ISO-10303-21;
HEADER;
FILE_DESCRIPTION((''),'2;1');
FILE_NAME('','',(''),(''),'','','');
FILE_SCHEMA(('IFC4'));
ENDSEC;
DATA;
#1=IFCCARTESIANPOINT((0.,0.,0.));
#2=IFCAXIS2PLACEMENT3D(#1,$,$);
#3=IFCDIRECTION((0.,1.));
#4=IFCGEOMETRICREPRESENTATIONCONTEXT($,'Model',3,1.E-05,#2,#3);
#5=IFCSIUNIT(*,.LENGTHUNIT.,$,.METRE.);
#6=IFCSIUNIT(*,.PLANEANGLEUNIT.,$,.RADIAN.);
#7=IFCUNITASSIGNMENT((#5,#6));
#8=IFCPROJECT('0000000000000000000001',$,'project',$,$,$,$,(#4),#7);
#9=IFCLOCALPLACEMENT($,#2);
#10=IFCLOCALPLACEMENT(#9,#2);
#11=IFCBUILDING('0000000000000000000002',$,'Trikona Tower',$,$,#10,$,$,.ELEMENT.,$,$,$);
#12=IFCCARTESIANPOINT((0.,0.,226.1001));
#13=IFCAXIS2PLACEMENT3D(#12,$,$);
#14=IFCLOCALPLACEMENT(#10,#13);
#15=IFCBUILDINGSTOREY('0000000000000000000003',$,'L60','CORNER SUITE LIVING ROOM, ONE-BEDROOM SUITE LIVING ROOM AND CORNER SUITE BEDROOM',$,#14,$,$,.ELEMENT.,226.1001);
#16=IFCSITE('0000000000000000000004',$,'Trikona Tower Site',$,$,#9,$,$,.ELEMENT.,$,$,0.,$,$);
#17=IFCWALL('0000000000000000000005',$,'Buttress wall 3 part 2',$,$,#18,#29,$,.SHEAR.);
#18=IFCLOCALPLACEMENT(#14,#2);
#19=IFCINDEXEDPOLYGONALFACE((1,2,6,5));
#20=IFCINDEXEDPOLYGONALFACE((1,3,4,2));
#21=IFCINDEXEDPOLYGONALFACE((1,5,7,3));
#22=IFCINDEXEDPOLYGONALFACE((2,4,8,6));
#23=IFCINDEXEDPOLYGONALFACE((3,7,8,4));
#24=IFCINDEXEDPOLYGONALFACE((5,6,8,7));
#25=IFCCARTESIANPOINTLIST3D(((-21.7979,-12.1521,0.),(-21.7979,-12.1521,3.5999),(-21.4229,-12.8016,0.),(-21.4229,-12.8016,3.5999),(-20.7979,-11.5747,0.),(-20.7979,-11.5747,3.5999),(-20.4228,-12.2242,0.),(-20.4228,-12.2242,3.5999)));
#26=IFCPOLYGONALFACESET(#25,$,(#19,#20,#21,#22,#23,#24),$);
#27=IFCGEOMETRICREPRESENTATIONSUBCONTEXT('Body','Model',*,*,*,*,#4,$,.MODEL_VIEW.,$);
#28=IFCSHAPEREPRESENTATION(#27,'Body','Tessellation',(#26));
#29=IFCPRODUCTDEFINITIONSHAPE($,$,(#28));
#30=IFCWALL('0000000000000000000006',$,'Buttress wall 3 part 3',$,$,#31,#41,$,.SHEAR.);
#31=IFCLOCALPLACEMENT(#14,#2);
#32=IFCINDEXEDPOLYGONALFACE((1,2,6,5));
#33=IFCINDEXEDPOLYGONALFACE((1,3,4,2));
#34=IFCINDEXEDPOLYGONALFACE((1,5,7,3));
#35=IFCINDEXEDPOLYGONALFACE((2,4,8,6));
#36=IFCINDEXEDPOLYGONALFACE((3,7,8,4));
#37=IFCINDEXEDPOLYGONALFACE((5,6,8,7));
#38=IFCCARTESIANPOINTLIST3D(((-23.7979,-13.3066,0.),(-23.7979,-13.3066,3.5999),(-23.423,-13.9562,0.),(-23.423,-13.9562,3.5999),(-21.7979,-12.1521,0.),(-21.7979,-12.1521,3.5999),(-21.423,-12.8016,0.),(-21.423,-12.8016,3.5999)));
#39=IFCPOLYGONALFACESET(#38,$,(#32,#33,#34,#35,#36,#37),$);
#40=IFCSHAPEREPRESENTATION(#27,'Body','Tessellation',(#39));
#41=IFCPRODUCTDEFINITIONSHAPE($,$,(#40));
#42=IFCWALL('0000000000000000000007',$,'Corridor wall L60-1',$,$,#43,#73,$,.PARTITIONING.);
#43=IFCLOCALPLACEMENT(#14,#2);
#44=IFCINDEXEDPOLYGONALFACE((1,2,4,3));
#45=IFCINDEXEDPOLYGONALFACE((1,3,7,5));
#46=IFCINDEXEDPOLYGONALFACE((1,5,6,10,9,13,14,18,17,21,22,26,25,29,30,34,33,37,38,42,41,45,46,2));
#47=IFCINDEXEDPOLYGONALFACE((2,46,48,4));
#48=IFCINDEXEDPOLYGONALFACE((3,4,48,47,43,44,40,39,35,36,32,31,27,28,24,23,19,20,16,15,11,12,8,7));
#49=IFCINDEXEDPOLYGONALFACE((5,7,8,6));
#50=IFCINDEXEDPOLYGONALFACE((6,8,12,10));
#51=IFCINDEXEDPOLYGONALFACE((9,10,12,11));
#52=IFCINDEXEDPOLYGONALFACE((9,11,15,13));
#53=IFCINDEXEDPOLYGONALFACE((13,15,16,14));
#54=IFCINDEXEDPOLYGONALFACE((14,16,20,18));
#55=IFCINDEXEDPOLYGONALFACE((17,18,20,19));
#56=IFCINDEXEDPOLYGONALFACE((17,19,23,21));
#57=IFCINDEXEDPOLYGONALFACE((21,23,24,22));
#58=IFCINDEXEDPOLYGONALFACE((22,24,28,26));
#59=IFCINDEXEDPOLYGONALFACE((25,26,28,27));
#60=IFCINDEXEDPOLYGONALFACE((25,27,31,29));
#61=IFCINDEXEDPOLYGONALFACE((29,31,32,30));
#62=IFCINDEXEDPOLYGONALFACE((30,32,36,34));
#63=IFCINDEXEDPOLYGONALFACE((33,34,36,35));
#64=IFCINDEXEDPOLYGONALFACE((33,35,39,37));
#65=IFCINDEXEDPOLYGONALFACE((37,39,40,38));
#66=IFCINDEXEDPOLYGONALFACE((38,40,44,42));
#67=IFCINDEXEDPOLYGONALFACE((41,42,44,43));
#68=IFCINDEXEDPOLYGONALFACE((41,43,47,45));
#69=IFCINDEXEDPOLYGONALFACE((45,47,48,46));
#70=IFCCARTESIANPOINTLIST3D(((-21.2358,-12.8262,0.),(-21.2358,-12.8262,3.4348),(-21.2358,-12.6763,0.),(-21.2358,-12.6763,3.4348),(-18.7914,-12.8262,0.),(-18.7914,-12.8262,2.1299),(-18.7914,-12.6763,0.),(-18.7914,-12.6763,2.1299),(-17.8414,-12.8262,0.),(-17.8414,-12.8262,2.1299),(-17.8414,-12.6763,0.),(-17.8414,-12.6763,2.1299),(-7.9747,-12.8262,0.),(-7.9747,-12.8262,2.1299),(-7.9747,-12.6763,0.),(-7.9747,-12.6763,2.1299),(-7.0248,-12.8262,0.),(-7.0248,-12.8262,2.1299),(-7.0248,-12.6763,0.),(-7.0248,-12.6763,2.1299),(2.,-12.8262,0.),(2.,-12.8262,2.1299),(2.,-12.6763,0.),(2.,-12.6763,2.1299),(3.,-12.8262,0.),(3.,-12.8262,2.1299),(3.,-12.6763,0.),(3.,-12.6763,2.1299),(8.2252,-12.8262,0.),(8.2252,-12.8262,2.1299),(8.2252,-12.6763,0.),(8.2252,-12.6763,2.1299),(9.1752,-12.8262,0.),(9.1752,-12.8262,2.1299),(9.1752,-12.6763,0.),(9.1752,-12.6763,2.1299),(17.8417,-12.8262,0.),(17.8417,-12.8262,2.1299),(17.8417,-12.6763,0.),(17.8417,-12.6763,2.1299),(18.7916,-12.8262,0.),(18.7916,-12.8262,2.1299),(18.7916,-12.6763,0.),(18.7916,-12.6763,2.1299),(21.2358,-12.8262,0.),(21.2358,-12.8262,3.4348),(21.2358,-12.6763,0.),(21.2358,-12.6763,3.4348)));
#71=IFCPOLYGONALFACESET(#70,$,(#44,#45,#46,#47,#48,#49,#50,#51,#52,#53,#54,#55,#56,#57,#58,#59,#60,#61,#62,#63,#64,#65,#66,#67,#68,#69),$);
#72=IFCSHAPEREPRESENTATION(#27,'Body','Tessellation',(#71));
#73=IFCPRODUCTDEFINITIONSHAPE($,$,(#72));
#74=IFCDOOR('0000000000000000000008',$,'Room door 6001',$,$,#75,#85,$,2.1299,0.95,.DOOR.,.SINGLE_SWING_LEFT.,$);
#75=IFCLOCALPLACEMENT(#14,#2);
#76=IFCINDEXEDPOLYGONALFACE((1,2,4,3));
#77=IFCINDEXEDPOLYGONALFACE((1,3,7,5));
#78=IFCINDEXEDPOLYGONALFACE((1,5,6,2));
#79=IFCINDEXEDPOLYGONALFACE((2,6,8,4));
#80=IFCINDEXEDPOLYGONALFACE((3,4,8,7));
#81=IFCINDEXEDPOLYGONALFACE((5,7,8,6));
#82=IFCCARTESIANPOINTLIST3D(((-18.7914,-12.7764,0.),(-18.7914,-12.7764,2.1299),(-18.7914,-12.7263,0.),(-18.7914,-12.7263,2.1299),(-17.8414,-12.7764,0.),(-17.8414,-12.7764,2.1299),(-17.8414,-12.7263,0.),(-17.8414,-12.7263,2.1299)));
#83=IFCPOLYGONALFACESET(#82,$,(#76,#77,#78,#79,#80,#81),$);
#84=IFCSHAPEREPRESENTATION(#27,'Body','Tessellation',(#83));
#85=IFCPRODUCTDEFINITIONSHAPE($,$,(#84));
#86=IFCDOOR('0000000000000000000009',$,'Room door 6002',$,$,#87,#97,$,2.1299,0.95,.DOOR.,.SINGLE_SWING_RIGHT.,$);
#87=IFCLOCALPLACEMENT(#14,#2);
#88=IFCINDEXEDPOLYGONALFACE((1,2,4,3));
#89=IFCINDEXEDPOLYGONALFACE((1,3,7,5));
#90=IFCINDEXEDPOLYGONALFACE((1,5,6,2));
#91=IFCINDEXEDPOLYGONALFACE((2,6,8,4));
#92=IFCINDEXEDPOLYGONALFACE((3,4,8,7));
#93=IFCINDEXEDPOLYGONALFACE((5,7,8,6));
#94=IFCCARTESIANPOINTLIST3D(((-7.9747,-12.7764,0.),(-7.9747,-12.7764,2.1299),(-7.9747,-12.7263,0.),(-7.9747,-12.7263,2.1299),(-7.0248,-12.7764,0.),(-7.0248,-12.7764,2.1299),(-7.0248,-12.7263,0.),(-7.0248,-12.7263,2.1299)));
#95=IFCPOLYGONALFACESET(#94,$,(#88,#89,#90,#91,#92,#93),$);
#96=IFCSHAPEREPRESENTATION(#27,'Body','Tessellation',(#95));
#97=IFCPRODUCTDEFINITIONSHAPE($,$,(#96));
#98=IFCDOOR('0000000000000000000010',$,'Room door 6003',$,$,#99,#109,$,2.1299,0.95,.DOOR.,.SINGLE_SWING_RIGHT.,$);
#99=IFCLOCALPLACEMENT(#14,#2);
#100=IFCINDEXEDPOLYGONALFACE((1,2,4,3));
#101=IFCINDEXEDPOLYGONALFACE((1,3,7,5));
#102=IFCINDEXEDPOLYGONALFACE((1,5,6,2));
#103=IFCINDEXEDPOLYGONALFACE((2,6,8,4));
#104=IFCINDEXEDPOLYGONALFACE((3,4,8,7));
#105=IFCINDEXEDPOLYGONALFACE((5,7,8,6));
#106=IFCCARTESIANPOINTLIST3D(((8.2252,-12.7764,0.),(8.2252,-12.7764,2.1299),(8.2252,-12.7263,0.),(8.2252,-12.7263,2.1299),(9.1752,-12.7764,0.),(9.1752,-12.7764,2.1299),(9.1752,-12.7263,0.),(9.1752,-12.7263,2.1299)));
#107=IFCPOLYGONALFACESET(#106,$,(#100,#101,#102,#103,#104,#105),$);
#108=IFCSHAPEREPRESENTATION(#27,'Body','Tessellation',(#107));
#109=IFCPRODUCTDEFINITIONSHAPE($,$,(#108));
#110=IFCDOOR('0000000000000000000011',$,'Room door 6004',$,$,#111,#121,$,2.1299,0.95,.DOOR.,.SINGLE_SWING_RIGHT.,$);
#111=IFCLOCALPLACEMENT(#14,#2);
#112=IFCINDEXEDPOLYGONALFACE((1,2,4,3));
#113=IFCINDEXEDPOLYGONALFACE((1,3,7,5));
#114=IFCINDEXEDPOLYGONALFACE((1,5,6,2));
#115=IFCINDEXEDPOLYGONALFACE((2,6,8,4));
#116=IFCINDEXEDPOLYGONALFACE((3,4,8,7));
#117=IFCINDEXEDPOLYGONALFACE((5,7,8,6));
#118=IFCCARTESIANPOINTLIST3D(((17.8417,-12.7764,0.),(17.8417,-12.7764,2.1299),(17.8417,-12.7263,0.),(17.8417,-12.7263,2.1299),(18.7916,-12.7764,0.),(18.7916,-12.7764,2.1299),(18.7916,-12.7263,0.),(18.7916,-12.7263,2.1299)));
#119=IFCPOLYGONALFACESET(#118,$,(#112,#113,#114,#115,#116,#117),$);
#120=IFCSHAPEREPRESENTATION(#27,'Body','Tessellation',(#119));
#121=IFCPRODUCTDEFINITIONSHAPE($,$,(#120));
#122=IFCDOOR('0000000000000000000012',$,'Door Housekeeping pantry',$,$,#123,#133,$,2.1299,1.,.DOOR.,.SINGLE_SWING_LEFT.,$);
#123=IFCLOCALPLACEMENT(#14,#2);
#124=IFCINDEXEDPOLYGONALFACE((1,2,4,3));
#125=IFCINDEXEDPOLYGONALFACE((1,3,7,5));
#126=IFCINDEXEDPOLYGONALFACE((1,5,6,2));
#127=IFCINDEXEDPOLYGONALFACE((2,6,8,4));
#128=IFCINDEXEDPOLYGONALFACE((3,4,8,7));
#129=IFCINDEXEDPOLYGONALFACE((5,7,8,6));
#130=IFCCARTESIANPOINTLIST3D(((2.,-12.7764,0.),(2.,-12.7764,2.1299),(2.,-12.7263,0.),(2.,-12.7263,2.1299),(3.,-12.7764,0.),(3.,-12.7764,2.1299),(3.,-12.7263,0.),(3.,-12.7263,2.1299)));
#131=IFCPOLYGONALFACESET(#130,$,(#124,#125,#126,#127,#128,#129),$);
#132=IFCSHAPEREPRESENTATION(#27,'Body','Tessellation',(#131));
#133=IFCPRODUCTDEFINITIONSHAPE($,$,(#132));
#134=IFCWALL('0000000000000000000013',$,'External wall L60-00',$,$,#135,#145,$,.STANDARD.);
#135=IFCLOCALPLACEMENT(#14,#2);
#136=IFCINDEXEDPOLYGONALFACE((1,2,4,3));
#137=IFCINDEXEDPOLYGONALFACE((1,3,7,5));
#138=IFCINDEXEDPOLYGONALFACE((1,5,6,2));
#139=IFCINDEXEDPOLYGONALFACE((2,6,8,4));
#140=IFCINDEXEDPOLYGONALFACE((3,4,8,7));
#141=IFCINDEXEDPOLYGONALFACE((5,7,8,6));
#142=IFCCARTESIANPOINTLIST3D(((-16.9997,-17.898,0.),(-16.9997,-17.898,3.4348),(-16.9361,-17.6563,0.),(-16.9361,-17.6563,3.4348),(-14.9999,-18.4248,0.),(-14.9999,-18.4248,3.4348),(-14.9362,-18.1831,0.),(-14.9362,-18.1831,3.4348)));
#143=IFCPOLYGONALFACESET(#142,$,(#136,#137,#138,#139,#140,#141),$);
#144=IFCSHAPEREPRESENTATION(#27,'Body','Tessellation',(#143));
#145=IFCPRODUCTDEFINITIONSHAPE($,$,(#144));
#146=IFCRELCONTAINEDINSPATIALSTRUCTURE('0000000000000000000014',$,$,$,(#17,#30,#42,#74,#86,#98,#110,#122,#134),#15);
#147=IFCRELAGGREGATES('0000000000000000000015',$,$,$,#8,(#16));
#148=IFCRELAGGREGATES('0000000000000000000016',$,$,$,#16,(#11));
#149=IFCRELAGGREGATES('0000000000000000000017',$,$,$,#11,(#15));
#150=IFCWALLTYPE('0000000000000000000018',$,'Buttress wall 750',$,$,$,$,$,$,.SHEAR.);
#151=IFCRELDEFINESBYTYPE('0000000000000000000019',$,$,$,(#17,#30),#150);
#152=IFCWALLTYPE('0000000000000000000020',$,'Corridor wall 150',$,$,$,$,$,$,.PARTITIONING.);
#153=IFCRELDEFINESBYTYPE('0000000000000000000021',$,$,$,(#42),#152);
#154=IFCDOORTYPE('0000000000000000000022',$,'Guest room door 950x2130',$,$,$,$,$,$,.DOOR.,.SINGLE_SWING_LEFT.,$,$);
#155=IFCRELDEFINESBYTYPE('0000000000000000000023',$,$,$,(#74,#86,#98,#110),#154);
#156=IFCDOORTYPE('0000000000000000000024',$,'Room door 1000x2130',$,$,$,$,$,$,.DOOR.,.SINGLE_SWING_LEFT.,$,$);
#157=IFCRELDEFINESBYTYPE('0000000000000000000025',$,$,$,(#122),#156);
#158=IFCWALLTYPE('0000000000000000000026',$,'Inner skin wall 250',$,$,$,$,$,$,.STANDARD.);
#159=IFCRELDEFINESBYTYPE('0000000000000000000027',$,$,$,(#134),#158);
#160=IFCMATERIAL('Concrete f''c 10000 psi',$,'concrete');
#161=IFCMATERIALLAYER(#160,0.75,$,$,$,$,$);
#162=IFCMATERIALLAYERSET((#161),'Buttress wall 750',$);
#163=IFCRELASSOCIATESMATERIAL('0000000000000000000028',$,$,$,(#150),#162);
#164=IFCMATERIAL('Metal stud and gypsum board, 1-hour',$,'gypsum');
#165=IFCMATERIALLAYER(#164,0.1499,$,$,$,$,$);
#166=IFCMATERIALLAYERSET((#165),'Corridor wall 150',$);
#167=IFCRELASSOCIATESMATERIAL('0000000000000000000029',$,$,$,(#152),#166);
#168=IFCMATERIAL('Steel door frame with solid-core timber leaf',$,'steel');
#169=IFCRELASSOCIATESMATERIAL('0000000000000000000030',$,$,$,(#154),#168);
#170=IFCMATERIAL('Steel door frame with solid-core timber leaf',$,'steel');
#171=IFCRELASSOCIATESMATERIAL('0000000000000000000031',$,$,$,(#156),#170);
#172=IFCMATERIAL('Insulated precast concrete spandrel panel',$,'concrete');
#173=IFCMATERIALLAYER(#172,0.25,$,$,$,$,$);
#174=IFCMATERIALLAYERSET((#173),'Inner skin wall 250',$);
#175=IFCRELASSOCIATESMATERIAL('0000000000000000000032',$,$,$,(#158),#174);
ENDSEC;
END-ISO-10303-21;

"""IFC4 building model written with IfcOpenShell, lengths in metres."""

from ifc_helpers import new_model, si_unit, direction, frame, frame_2d, origin, place, context, subcontext, project, spatial, rectangle, extrude, material, layer, layer_set, type_object, element, fill, save


model = new_model("IFC4")

# Units and contexts
model_context = context("Model", 3, precision=1e-05, world=origin(), true_north=direction((0.0, 1.0)))
body_context = subcontext(model_context, "Body", "Model", "MODEL_VIEW")
ifc_project = project(units=[si_unit("LENGTHUNIT", "METRE"), si_unit("PLANEANGLEUNIT", "RADIAN")], contexts=[model_context])

# Site, building, storey
site_placement = place(None, origin())
site = spatial("IfcSite", under=ifc_project, at=site_placement, Name="Trikona Tower Site", CompositionType="ELEMENT", RefElevation=0.0)
building_placement = place(site_placement, origin())
building = spatial("IfcBuilding", under=site, at=building_placement, Name="Trikona Tower", CompositionType="ELEMENT")
storey_placement = place(building_placement, frame((0.0, 0.0, 226.1001)))
storey = spatial("IfcBuildingStorey", under=building, at=storey_placement, Name="L60", Description="CORNER SUITE LIVING ROOM, ONE-BEDROOM SUITE LIVING ROOM AND CORNER SUITE BEDROOM", CompositionType="ELEMENT", Elevation=226.1001)

# Walls
ifc_material_1 = material(Name="Concrete f'c 10000 psi", Category="concrete")
ifc_layer_1 = layer(ifc_material_1, 0.75)
ifc_layer_set_1 = layer_set([ifc_layer_1], Name="Buttress wall 750")
wall_type_1 = type_object("IfcWallType", Name="Buttress wall 750", PredefinedType="SHEAR", material=ifc_layer_set_1)
wall_1_placement = place(storey_placement, frame((-20.6104, -11.8994, 0.0), z_axis=(0.0, 0.0, 1.0), x_axis=(-0.86601, -0.500027, 0.0)))
element("IfcWall", 1, at=wall_1_placement, inside=storey, type_object=wall_type_1, Name="Buttress wall 3 part 2", PredefinedType="SHEAR", context=body_context, shape_type="SweptSolid", body=[
    extrude(rectangle(XDim=1.1548, YDim=0.75, at=frame_2d((0.5774, 0.0))), origin(), (0.0, 0.0, 1.0), 3.5999),
])
wall_2_placement = place(storey_placement, frame((-21.6104, -12.4768, 0.0), z_axis=(0.0, 0.0, 1.0), x_axis=(-0.866055, -0.499948, 0.0)))
element("IfcWall", 2, at=wall_2_placement, inside=storey, type_object=wall_type_1, Name="Buttress wall 3 part 3", PredefinedType="SHEAR", context=body_context, shape_type="SweptSolid", body=[
    extrude(rectangle(XDim=2.3093, YDim=0.75, at=frame_2d((1.1548, 0.0))), origin(), (0.0, 0.0, 1.0), 3.5999),
])

# Wall, openings, doors
ifc_material_2 = material(Name="Metal stud and gypsum board, 1-hour", Category="gypsum")
ifc_layer_2 = layer(ifc_material_2, 0.1499)
ifc_layer_set_2 = layer_set([ifc_layer_2], Name="Corridor wall 150")
wall_type_2 = type_object("IfcWallType", Name="Corridor wall 150", PredefinedType="PARTITIONING", material=ifc_layer_set_2)
wall_3_placement = place(storey_placement, frame((-21.2358, -12.7512, 0.0), z_axis=(0.0, 0.0, 1.0), x_axis=(1.0, 0.0, 0.0)))
wall_3 = element("IfcWall", 3, at=wall_3_placement, inside=storey, type_object=wall_type_2, Name="Corridor wall L60-1", PredefinedType="PARTITIONING", context=body_context, shape_type="SweptSolid", body=[
    extrude(rectangle(XDim=42.4717, YDim=0.1499, at=frame_2d((21.2358, 0.0))), origin(), (0.0, 0.0, 1.0), 3.4348),
])
opening_1_placement = place(wall_3_placement, frame((2.4443, 0.0, 0.0)))
opening_1 = element("IfcOpeningElement", 4, at=opening_1_placement, cuts=wall_3, PredefinedType="OPENING", context=body_context, shape_type="SweptSolid", body=[
    extrude(rectangle(XDim=0.95, YDim=2.1299, at=frame_2d((0.4751, 1.0649))), frame((0.0, 0.085, 0.0), z_axis=(0.0, -1.0, 0.0), x_axis=(1.0, 0.0, 0.0)), (0.0, 0.0, 1.0), 0.1699),
])
opening_2_placement = place(wall_3_placement, frame((13.261, 0.0, 0.0)))
opening_2 = element("IfcOpeningElement", 5, at=opening_2_placement, cuts=wall_3, PredefinedType="OPENING", context=body_context, shape_type="SweptSolid", body=[
    extrude(rectangle(XDim=0.95, YDim=2.1299, at=frame_2d((0.4751, 1.0649))), frame((0.0, 0.085, 0.0), z_axis=(0.0, -1.0, 0.0), x_axis=(1.0, 0.0, 0.0)), (0.0, 0.0, 1.0), 0.1699),
])
opening_3_placement = place(wall_3_placement, frame((23.2358, 0.0, 0.0)))
opening_3 = element("IfcOpeningElement", 6, at=opening_3_placement, cuts=wall_3, PredefinedType="OPENING", context=body_context, shape_type="SweptSolid", body=[
    extrude(rectangle(XDim=1.0, YDim=2.1299, at=frame_2d((0.5, 1.0649))), frame((0.0, 0.085, 0.0), z_axis=(0.0, -1.0, 0.0), x_axis=(1.0, 0.0, 0.0)), (0.0, 0.0, 1.0), 0.1699),
])
opening_4_placement = place(wall_3_placement, frame((29.4609, 0.0, 0.0)))
opening_4 = element("IfcOpeningElement", 7, at=opening_4_placement, cuts=wall_3, PredefinedType="OPENING", context=body_context, shape_type="SweptSolid", body=[
    extrude(rectangle(XDim=0.95, YDim=2.1299, at=frame_2d((0.4751, 1.0649))), frame((0.0, 0.085, 0.0), z_axis=(0.0, -1.0, 0.0), x_axis=(1.0, 0.0, 0.0)), (0.0, 0.0, 1.0), 0.1699),
])
opening_5_placement = place(wall_3_placement, frame((39.0774, 0.0, 0.0)))
opening_5 = element("IfcOpeningElement", 8, at=opening_5_placement, cuts=wall_3, PredefinedType="OPENING", context=body_context, shape_type="SweptSolid", body=[
    extrude(rectangle(XDim=0.95, YDim=2.1299, at=frame_2d((0.4751, 1.0649))), frame((0.0, 0.085, 0.0), z_axis=(0.0, -1.0, 0.0), x_axis=(1.0, 0.0, 0.0)), (0.0, 0.0, 1.0), 0.1699),
])
ifc_material_3 = material(Name="Steel door frame with solid-core timber leaf", Category="steel")
door_type_1 = type_object("IfcDoorType", Name="Guest room door 950x2130", OperationType="SINGLE_SWING_LEFT", PredefinedType="DOOR", material=ifc_material_3)
door_1_placement = place(opening_1_placement, origin())
door_1 = element("IfcDoor", 9, at=door_1_placement, inside=storey, type_object=door_type_1, Name="Room door 6001", OperationType="SINGLE_SWING_LEFT", OverallHeight=2.1299, OverallWidth=0.95, PredefinedType="DOOR", context=body_context, shape_type="SweptSolid", body=[
    extrude(rectangle(XDim=0.95, YDim=2.1299, at=frame_2d((0.4751, 1.0649))), frame((0.0, 0.0249, 0.0), z_axis=(0.0, -1.0, 0.0), x_axis=(1.0, 0.0, 0.0)), (0.0, 0.0, 1.0), 0.05),
])
fill(opening_1, door_1)
door_2_placement = place(opening_2_placement, origin())
door_2 = element("IfcDoor", 10, at=door_2_placement, inside=storey, type_object=door_type_1, Name="Room door 6002", OperationType="SINGLE_SWING_RIGHT", OverallHeight=2.1299, OverallWidth=0.95, PredefinedType="DOOR", context=body_context, shape_type="SweptSolid", body=[
    extrude(rectangle(XDim=0.95, YDim=2.1299, at=frame_2d((0.4751, 1.0649))), frame((0.0, 0.0249, 0.0), z_axis=(0.0, -1.0, 0.0), x_axis=(1.0, 0.0, 0.0)), (0.0, 0.0, 1.0), 0.05),
])
fill(opening_2, door_2)
door_3_placement = place(opening_4_placement, origin())
door_3 = element("IfcDoor", 11, at=door_3_placement, inside=storey, type_object=door_type_1, Name="Room door 6003", OperationType="SINGLE_SWING_RIGHT", OverallHeight=2.1299, OverallWidth=0.95, PredefinedType="DOOR", context=body_context, shape_type="SweptSolid", body=[
    extrude(rectangle(XDim=0.95, YDim=2.1299, at=frame_2d((0.4751, 1.0649))), frame((0.0, 0.0249, 0.0), z_axis=(0.0, -1.0, 0.0), x_axis=(1.0, 0.0, 0.0)), (0.0, 0.0, 1.0), 0.05),
])
fill(opening_4, door_3)
door_4_placement = place(opening_5_placement, origin())
door_4 = element("IfcDoor", 12, at=door_4_placement, inside=storey, type_object=door_type_1, Name="Room door 6004", OperationType="SINGLE_SWING_RIGHT", OverallHeight=2.1299, OverallWidth=0.95, PredefinedType="DOOR", context=body_context, shape_type="SweptSolid", body=[
    extrude(rectangle(XDim=0.95, YDim=2.1299, at=frame_2d((0.4751, 1.0649))), frame((0.0, 0.0249, 0.0), z_axis=(0.0, -1.0, 0.0), x_axis=(1.0, 0.0, 0.0)), (0.0, 0.0, 1.0), 0.05),
])
fill(opening_5, door_4)
ifc_material_4 = material(Name="Steel door frame with solid-core timber leaf", Category="steel")
door_type_2 = type_object("IfcDoorType", Name="Room door 1000x2130", OperationType="SINGLE_SWING_LEFT", PredefinedType="DOOR", material=ifc_material_4)
door_5_placement = place(opening_3_placement, origin())
door_5 = element("IfcDoor", 13, at=door_5_placement, inside=storey, type_object=door_type_2, Name="Door Housekeeping pantry", OperationType="SINGLE_SWING_LEFT", OverallHeight=2.1299, OverallWidth=1.0, PredefinedType="DOOR", context=body_context, shape_type="SweptSolid", body=[
    extrude(rectangle(XDim=1.0, YDim=2.1299, at=frame_2d((0.5, 1.0649))), frame((0.0, 0.0249, 0.0), z_axis=(0.0, -1.0, 0.0), x_axis=(1.0, 0.0, 0.0)), (0.0, 0.0, 1.0), 0.05),
])
fill(opening_3, door_5)

# Wall
ifc_material_5 = material(Name="Insulated precast concrete spandrel panel", Category="concrete")
ifc_layer_3 = layer(ifc_material_5, 0.25)
ifc_layer_set_3 = layer_set([ifc_layer_3], Name="Inner skin wall 250")
wall_type_3 = type_object("IfcWallType", Name="Inner skin wall 250", PredefinedType="STANDARD", material=ifc_layer_set_3)
wall_4_placement = place(storey_placement, frame((-16.968, -17.7771, 0.0), z_axis=(0.0, 0.0, 1.0), x_axis=(0.96701, -0.254737, 0.0)))
element("IfcWall", 14, at=wall_4_placement, inside=storey, type_object=wall_type_3, Name="External wall L60-00", PredefinedType="STANDARD", context=body_context, shape_type="SweptSolid", body=[
    extrude(rectangle(XDim=2.0681, YDim=0.25, at=frame_2d((1.0342, 0.0))), origin(), (0.0, 0.0, 1.0), 3.4348),
])

save(model, "model.ifc")
